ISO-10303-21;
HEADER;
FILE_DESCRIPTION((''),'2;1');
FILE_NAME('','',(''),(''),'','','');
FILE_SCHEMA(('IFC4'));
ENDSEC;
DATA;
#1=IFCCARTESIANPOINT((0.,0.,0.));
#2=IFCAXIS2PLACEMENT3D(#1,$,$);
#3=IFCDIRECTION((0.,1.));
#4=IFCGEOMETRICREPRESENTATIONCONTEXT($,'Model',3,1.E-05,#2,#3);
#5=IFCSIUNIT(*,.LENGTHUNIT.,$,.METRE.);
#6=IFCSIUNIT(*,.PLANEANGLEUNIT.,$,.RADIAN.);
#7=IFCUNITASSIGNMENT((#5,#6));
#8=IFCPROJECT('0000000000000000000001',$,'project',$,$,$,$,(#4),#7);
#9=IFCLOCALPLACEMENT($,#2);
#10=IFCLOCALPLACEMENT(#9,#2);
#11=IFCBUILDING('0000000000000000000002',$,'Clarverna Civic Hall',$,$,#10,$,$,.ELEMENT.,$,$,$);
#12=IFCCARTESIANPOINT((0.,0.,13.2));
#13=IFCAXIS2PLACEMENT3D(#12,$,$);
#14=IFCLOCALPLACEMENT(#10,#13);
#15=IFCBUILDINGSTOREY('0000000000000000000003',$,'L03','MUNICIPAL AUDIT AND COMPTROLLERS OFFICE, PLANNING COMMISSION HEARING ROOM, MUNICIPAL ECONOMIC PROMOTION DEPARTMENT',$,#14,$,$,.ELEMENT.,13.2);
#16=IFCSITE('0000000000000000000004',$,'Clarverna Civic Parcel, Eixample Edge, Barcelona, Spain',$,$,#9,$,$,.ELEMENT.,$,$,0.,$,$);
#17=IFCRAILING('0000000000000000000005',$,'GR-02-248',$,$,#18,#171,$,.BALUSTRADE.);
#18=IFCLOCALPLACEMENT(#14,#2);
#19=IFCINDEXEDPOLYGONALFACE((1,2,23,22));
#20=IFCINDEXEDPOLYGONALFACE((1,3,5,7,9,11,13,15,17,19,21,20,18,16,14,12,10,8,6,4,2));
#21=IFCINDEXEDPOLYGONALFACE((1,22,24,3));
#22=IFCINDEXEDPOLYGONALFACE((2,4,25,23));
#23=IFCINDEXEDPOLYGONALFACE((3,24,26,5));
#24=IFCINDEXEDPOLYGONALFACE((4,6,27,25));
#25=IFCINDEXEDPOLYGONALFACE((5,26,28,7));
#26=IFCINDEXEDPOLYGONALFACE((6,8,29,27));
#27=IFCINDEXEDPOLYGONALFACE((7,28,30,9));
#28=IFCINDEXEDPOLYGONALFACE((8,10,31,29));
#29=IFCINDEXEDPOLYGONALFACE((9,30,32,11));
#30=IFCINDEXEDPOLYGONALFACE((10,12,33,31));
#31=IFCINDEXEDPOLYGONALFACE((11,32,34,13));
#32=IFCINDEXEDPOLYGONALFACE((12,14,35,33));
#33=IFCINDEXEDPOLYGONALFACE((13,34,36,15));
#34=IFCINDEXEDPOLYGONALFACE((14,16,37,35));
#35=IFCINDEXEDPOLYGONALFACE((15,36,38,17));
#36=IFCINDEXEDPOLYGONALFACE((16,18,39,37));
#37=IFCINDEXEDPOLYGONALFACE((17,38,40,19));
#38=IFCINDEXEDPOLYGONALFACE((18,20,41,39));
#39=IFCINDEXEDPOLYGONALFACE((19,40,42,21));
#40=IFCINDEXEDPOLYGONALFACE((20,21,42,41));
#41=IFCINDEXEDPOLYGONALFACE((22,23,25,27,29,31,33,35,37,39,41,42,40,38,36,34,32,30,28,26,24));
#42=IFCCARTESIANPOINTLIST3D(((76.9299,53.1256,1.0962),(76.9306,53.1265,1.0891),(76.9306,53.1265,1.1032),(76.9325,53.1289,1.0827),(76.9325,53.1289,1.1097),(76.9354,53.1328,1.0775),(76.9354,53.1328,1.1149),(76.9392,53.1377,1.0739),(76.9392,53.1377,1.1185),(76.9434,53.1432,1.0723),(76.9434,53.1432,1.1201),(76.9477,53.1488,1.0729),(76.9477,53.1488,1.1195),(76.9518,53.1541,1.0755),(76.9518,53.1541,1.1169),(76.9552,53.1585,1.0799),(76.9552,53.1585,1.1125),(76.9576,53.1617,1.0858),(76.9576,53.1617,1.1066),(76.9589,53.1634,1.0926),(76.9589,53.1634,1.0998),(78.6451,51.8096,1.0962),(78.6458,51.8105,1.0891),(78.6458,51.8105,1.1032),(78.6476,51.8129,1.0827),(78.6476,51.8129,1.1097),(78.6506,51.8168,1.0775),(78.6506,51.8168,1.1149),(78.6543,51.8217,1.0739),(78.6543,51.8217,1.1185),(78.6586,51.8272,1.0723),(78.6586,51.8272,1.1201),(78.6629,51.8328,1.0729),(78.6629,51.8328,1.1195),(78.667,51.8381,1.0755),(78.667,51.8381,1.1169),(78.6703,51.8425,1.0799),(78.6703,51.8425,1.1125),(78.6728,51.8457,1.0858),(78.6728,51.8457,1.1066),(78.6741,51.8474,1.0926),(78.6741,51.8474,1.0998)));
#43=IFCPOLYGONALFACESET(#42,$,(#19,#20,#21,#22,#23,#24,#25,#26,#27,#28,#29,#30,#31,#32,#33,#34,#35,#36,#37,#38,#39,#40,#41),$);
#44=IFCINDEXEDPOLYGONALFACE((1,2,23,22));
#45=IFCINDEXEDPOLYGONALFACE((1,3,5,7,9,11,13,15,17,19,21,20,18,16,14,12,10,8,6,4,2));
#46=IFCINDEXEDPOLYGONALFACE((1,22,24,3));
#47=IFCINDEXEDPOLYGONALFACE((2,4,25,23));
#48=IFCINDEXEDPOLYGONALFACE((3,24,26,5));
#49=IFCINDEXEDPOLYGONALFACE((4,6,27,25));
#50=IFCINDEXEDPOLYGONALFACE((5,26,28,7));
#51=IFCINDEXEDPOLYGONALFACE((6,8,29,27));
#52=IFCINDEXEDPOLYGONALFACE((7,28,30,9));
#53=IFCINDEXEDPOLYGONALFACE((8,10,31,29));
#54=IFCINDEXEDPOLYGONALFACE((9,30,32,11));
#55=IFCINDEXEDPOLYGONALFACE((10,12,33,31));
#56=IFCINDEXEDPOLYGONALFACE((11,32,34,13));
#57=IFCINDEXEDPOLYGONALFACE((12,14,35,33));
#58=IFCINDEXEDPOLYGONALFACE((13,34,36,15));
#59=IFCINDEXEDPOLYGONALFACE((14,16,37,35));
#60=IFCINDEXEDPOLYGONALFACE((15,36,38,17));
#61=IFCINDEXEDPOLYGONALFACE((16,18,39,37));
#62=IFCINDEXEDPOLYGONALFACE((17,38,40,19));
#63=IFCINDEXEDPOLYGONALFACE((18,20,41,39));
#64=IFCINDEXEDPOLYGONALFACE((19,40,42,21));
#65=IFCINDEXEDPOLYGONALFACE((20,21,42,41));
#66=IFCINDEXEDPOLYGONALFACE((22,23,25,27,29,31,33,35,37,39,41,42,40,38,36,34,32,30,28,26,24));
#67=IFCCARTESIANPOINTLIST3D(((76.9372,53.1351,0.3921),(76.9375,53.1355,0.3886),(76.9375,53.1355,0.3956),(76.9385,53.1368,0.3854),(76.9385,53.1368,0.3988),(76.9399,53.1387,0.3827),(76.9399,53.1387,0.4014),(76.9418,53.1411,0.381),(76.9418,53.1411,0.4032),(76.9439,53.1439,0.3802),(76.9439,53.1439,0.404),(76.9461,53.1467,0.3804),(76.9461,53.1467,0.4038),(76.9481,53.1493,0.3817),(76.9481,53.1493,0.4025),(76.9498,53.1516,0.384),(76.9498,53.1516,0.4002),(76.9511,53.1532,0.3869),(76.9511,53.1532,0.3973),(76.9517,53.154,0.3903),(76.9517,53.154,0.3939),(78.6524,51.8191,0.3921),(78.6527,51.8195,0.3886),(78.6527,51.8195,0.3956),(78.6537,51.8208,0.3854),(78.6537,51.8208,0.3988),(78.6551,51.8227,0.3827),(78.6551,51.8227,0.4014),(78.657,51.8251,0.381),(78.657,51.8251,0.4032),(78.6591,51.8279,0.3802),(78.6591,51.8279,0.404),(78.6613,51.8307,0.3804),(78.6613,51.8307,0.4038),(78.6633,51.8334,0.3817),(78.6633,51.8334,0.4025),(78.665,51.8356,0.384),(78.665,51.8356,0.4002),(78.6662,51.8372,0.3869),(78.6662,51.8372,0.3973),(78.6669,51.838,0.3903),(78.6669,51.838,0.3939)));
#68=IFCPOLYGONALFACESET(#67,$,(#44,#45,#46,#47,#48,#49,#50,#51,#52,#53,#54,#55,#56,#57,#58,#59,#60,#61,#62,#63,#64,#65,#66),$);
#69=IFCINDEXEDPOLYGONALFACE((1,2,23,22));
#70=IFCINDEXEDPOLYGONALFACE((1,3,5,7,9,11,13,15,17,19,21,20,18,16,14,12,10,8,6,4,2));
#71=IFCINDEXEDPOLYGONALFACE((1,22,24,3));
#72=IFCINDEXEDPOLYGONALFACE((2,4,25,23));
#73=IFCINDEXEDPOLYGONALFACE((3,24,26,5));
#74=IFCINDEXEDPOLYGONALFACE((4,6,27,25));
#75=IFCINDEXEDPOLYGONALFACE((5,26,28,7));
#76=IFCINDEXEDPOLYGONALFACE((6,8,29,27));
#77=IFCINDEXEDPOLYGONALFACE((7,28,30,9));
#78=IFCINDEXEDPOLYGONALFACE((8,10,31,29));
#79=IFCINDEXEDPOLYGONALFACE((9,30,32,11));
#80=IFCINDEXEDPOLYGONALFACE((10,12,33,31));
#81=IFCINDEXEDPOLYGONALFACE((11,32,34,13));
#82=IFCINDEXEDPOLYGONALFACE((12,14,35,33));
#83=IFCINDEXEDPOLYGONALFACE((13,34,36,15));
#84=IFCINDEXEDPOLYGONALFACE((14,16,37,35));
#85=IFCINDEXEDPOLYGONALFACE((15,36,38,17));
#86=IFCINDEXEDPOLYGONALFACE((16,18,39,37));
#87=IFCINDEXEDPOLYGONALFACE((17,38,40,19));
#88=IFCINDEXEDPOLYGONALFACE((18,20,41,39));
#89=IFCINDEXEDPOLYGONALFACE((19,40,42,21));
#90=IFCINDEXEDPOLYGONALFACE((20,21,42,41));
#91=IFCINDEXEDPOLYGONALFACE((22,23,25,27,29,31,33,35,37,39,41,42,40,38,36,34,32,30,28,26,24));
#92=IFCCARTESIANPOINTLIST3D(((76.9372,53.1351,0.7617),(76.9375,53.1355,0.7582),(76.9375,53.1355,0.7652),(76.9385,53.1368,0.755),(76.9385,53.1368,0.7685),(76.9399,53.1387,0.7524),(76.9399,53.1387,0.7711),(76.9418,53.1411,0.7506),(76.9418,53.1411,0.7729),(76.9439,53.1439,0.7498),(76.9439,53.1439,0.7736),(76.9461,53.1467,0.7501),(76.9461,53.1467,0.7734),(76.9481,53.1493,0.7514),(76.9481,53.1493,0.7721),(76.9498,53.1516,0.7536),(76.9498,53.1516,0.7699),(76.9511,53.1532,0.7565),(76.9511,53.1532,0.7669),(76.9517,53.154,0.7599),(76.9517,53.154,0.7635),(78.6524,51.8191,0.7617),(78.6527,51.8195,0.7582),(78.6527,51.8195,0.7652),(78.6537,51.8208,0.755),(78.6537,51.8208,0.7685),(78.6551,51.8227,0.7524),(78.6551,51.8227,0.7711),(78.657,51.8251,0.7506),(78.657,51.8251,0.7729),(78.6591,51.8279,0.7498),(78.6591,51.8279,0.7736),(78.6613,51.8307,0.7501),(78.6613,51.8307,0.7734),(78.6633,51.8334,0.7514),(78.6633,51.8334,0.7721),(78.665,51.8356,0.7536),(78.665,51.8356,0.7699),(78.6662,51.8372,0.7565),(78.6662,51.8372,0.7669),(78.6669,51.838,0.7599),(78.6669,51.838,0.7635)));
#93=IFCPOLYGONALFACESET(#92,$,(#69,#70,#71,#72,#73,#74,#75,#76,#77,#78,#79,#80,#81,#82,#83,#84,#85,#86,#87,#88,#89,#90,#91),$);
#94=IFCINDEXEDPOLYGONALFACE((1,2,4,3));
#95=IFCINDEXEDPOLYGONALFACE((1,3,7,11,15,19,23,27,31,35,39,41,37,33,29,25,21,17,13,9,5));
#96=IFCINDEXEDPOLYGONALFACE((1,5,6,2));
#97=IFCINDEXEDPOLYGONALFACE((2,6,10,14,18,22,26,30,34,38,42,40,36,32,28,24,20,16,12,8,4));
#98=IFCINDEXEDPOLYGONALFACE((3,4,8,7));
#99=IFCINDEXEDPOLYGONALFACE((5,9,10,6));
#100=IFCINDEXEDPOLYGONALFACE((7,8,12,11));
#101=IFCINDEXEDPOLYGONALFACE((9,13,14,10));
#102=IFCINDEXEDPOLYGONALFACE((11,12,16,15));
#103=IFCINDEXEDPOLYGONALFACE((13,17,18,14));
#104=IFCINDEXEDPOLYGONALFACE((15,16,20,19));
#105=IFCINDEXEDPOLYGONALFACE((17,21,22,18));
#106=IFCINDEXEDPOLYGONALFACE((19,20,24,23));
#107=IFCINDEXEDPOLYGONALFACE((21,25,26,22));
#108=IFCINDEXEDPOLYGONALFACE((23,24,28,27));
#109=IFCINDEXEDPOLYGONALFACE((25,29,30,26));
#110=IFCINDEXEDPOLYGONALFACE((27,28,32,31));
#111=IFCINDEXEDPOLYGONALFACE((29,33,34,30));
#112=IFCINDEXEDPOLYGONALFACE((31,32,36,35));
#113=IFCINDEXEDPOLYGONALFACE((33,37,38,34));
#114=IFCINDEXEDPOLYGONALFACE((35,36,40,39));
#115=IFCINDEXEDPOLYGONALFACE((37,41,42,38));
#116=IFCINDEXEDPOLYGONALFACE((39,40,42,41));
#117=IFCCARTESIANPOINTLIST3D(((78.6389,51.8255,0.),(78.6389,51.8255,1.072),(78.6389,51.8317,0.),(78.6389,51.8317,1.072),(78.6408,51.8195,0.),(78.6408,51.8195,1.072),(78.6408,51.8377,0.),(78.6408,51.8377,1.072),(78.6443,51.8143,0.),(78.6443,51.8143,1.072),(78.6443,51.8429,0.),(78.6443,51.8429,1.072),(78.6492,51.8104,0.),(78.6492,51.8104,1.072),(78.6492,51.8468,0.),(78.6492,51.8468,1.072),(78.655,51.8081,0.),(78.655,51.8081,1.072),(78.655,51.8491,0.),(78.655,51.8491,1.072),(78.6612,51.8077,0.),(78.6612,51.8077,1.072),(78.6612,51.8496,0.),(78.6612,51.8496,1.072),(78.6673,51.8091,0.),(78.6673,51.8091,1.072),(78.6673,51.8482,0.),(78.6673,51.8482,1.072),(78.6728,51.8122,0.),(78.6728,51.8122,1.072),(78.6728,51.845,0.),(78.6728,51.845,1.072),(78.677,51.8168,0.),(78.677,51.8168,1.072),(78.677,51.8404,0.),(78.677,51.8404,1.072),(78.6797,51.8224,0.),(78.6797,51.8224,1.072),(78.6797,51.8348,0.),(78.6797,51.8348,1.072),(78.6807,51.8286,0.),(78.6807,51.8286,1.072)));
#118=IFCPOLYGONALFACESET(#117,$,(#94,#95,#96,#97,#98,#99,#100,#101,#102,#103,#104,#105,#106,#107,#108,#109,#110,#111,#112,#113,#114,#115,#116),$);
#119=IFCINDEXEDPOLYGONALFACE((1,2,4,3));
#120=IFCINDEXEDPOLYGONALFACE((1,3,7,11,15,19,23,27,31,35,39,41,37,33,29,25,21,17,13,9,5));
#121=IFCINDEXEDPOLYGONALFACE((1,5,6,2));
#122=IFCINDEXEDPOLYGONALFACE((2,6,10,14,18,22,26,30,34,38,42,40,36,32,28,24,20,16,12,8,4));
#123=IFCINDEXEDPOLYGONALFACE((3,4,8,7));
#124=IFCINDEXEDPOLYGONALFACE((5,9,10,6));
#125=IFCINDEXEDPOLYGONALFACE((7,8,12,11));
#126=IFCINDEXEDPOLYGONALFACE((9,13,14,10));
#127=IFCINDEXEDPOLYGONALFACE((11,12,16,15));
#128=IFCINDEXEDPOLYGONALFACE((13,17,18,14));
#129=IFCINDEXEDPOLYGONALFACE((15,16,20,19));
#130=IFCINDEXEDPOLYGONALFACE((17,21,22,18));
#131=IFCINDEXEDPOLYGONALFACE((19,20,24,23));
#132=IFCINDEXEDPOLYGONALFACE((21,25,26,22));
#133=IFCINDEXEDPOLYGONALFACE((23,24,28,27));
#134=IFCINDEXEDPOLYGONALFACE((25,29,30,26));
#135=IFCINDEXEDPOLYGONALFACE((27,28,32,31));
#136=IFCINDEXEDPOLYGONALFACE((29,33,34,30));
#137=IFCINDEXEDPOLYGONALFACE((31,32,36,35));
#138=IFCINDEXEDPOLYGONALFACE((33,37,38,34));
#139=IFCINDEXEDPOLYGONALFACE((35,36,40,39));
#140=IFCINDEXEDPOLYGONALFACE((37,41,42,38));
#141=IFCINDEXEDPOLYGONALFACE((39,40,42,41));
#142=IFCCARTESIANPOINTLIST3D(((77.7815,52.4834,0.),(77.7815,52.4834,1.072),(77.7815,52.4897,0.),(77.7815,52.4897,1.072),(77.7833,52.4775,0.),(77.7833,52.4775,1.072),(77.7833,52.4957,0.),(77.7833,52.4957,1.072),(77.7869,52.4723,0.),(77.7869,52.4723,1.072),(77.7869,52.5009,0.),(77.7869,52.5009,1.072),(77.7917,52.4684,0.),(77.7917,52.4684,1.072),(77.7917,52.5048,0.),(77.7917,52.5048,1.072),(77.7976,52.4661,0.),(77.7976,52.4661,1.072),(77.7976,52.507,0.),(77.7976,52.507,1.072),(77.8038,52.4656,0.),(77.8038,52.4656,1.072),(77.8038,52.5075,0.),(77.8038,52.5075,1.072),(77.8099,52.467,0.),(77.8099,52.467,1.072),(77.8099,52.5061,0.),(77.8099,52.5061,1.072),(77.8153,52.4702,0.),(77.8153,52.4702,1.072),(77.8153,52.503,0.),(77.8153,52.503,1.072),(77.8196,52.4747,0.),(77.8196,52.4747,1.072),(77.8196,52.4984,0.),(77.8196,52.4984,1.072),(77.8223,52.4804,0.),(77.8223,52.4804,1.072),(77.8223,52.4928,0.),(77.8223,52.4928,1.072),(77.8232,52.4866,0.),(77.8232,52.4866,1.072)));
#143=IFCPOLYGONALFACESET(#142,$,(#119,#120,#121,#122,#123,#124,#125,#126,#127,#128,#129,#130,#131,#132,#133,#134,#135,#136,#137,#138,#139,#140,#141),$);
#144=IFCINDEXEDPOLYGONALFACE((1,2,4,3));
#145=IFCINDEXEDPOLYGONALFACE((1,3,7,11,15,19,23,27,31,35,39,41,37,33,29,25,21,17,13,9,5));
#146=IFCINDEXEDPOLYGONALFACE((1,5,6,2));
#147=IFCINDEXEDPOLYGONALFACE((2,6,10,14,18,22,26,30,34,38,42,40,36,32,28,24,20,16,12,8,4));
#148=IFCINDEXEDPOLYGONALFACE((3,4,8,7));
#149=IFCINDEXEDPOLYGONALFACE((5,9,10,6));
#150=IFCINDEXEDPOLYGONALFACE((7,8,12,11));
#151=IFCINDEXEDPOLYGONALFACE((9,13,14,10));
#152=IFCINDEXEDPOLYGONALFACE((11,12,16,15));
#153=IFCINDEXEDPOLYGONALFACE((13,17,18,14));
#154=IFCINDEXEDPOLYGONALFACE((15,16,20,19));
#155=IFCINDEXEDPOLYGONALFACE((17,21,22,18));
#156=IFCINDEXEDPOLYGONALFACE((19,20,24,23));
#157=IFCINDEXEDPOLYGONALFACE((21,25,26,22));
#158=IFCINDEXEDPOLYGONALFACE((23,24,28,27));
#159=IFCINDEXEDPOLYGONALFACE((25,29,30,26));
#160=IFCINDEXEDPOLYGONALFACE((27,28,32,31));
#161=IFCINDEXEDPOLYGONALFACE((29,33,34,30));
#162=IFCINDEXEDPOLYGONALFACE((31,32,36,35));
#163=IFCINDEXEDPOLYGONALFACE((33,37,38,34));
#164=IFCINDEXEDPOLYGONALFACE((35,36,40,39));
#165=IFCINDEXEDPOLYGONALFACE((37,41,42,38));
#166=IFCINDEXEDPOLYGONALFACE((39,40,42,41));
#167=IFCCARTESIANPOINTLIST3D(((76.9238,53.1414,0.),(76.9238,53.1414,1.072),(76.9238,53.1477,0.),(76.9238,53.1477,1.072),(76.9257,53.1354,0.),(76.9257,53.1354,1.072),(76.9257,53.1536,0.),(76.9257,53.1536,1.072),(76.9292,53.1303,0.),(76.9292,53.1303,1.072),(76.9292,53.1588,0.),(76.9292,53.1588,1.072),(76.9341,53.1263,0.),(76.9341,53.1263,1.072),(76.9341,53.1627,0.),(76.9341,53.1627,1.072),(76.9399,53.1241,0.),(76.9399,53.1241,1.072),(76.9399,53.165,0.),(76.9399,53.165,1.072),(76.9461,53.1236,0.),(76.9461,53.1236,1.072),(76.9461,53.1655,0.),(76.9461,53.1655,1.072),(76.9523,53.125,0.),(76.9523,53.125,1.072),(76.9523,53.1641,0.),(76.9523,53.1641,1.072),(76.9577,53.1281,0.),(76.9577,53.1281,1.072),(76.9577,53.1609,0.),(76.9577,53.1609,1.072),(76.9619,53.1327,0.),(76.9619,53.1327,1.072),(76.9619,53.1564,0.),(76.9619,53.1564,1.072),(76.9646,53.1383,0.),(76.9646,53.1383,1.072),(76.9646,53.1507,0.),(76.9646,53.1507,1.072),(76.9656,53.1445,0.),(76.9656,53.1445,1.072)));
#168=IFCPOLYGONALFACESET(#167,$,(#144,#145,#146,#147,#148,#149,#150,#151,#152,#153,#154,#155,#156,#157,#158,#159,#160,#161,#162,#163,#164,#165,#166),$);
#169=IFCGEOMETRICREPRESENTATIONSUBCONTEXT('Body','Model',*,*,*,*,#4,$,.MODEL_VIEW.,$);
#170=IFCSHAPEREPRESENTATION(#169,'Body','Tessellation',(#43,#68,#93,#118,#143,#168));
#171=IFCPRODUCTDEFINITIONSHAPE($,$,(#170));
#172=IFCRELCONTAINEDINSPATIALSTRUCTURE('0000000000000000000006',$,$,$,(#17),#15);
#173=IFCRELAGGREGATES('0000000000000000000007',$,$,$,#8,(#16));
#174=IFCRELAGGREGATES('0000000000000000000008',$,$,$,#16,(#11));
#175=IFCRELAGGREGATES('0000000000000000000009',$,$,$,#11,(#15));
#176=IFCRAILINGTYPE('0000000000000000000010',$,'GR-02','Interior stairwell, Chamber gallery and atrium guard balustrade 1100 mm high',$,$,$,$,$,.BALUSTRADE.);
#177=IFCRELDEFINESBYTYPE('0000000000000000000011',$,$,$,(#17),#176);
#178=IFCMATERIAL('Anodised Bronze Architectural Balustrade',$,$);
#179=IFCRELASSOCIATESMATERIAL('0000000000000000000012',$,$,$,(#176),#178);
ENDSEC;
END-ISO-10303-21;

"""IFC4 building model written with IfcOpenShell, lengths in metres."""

from ifc_helpers import new_model, si_unit, direction, frame, origin, origin_2d, place, context, subcontext, project, spatial, circle, extrude, material, type_object, element, save


model = new_model("IFC4")

# Units and contexts
model_context = context("Model", 3, precision=1e-05, world=origin(), true_north=direction((0.0, 1.0)))
body_context = subcontext(model_context, "Body", "Model", "MODEL_VIEW")
ifc_project = project(units=[si_unit("LENGTHUNIT", "METRE"), si_unit("PLANEANGLEUNIT", "RADIAN")], contexts=[model_context])

# Site, building, storey
site_placement = place(None, origin())
site = spatial("IfcSite", under=ifc_project, at=site_placement, Name="Clarverna Civic Parcel, Eixample Edge, Barcelona, Spain", CompositionType="ELEMENT", RefElevation=0.0)
building_placement = place(site_placement, origin())
building = spatial("IfcBuilding", under=site, at=building_placement, Name="Clarverna Civic Hall", CompositionType="ELEMENT")
storey_placement = place(building_placement, frame((0.0, 0.0, 13.2)))
storey = spatial("IfcBuildingStorey", under=building, at=storey_placement, Name="L03", Description="MUNICIPAL AUDIT AND COMPTROLLERS OFFICE, PLANNING COMMISSION HEARING ROOM, MUNICIPAL ECONOMIC PROMOTION DEPARTMENT", CompositionType="ELEMENT", Elevation=13.2)

# Railing
ifc_material_1 = material(Name="Anodised Bronze Architectural Balustrade")
railing_type = type_object("IfcRailingType", Name="GR-02", Description="Interior stairwell, Chamber gallery and atrium guard balustrade 1100 mm high", PredefinedType="BALUSTRADE", material=ifc_material_1)
railing_1_placement = place(storey_placement, frame((78.6597, 51.8286, 0.0)))
element("IfcRailing", 1, at=railing_1_placement, inside=storey, type_object=railing_type, Name="GR-02-248", PredefinedType="BALUSTRADE", context=body_context, shape_type="SweptSolid", body=[
    extrude(circle(Radius=0.0239, at=origin_2d()), frame((0.0, 0.0, 1.0962), z_axis=(-0.793379, 0.608728, 0.0), x_axis=(-0.608728, -0.793379, 0.0)), (0.0, 0.0, 1.0), 2.1619),
    extrude(circle(Radius=0.012, at=origin_2d()), frame((0.0, 0.0, 0.3921), z_axis=(-0.793379, 0.608728, 0.0), x_axis=(-0.608728, -0.793379, 0.0)), (0.0, 0.0, 1.0), 2.1619),
    extrude(circle(Radius=0.012, at=origin_2d()), frame((0.0, 0.0, 0.7617), z_axis=(-0.793379, 0.608728, 0.0), x_axis=(-0.608728, -0.793379, 0.0)), (0.0, 0.0, 1.0), 2.1619),
    extrude(circle(Radius=0.021, at=origin_2d()), origin(), (0.0, 0.0, 1.0), 1.072),
    extrude(circle(Radius=0.021, at=origin_2d()), frame((-0.8574, 0.658, 0.0)), (0.0, 0.0, 1.0), 1.072),
    extrude(circle(Radius=0.021, at=origin_2d()), frame((-1.7151, 1.3159, 0.0)), (0.0, 0.0, 1.0), 1.072),
])

save(model, "model.ifc")
